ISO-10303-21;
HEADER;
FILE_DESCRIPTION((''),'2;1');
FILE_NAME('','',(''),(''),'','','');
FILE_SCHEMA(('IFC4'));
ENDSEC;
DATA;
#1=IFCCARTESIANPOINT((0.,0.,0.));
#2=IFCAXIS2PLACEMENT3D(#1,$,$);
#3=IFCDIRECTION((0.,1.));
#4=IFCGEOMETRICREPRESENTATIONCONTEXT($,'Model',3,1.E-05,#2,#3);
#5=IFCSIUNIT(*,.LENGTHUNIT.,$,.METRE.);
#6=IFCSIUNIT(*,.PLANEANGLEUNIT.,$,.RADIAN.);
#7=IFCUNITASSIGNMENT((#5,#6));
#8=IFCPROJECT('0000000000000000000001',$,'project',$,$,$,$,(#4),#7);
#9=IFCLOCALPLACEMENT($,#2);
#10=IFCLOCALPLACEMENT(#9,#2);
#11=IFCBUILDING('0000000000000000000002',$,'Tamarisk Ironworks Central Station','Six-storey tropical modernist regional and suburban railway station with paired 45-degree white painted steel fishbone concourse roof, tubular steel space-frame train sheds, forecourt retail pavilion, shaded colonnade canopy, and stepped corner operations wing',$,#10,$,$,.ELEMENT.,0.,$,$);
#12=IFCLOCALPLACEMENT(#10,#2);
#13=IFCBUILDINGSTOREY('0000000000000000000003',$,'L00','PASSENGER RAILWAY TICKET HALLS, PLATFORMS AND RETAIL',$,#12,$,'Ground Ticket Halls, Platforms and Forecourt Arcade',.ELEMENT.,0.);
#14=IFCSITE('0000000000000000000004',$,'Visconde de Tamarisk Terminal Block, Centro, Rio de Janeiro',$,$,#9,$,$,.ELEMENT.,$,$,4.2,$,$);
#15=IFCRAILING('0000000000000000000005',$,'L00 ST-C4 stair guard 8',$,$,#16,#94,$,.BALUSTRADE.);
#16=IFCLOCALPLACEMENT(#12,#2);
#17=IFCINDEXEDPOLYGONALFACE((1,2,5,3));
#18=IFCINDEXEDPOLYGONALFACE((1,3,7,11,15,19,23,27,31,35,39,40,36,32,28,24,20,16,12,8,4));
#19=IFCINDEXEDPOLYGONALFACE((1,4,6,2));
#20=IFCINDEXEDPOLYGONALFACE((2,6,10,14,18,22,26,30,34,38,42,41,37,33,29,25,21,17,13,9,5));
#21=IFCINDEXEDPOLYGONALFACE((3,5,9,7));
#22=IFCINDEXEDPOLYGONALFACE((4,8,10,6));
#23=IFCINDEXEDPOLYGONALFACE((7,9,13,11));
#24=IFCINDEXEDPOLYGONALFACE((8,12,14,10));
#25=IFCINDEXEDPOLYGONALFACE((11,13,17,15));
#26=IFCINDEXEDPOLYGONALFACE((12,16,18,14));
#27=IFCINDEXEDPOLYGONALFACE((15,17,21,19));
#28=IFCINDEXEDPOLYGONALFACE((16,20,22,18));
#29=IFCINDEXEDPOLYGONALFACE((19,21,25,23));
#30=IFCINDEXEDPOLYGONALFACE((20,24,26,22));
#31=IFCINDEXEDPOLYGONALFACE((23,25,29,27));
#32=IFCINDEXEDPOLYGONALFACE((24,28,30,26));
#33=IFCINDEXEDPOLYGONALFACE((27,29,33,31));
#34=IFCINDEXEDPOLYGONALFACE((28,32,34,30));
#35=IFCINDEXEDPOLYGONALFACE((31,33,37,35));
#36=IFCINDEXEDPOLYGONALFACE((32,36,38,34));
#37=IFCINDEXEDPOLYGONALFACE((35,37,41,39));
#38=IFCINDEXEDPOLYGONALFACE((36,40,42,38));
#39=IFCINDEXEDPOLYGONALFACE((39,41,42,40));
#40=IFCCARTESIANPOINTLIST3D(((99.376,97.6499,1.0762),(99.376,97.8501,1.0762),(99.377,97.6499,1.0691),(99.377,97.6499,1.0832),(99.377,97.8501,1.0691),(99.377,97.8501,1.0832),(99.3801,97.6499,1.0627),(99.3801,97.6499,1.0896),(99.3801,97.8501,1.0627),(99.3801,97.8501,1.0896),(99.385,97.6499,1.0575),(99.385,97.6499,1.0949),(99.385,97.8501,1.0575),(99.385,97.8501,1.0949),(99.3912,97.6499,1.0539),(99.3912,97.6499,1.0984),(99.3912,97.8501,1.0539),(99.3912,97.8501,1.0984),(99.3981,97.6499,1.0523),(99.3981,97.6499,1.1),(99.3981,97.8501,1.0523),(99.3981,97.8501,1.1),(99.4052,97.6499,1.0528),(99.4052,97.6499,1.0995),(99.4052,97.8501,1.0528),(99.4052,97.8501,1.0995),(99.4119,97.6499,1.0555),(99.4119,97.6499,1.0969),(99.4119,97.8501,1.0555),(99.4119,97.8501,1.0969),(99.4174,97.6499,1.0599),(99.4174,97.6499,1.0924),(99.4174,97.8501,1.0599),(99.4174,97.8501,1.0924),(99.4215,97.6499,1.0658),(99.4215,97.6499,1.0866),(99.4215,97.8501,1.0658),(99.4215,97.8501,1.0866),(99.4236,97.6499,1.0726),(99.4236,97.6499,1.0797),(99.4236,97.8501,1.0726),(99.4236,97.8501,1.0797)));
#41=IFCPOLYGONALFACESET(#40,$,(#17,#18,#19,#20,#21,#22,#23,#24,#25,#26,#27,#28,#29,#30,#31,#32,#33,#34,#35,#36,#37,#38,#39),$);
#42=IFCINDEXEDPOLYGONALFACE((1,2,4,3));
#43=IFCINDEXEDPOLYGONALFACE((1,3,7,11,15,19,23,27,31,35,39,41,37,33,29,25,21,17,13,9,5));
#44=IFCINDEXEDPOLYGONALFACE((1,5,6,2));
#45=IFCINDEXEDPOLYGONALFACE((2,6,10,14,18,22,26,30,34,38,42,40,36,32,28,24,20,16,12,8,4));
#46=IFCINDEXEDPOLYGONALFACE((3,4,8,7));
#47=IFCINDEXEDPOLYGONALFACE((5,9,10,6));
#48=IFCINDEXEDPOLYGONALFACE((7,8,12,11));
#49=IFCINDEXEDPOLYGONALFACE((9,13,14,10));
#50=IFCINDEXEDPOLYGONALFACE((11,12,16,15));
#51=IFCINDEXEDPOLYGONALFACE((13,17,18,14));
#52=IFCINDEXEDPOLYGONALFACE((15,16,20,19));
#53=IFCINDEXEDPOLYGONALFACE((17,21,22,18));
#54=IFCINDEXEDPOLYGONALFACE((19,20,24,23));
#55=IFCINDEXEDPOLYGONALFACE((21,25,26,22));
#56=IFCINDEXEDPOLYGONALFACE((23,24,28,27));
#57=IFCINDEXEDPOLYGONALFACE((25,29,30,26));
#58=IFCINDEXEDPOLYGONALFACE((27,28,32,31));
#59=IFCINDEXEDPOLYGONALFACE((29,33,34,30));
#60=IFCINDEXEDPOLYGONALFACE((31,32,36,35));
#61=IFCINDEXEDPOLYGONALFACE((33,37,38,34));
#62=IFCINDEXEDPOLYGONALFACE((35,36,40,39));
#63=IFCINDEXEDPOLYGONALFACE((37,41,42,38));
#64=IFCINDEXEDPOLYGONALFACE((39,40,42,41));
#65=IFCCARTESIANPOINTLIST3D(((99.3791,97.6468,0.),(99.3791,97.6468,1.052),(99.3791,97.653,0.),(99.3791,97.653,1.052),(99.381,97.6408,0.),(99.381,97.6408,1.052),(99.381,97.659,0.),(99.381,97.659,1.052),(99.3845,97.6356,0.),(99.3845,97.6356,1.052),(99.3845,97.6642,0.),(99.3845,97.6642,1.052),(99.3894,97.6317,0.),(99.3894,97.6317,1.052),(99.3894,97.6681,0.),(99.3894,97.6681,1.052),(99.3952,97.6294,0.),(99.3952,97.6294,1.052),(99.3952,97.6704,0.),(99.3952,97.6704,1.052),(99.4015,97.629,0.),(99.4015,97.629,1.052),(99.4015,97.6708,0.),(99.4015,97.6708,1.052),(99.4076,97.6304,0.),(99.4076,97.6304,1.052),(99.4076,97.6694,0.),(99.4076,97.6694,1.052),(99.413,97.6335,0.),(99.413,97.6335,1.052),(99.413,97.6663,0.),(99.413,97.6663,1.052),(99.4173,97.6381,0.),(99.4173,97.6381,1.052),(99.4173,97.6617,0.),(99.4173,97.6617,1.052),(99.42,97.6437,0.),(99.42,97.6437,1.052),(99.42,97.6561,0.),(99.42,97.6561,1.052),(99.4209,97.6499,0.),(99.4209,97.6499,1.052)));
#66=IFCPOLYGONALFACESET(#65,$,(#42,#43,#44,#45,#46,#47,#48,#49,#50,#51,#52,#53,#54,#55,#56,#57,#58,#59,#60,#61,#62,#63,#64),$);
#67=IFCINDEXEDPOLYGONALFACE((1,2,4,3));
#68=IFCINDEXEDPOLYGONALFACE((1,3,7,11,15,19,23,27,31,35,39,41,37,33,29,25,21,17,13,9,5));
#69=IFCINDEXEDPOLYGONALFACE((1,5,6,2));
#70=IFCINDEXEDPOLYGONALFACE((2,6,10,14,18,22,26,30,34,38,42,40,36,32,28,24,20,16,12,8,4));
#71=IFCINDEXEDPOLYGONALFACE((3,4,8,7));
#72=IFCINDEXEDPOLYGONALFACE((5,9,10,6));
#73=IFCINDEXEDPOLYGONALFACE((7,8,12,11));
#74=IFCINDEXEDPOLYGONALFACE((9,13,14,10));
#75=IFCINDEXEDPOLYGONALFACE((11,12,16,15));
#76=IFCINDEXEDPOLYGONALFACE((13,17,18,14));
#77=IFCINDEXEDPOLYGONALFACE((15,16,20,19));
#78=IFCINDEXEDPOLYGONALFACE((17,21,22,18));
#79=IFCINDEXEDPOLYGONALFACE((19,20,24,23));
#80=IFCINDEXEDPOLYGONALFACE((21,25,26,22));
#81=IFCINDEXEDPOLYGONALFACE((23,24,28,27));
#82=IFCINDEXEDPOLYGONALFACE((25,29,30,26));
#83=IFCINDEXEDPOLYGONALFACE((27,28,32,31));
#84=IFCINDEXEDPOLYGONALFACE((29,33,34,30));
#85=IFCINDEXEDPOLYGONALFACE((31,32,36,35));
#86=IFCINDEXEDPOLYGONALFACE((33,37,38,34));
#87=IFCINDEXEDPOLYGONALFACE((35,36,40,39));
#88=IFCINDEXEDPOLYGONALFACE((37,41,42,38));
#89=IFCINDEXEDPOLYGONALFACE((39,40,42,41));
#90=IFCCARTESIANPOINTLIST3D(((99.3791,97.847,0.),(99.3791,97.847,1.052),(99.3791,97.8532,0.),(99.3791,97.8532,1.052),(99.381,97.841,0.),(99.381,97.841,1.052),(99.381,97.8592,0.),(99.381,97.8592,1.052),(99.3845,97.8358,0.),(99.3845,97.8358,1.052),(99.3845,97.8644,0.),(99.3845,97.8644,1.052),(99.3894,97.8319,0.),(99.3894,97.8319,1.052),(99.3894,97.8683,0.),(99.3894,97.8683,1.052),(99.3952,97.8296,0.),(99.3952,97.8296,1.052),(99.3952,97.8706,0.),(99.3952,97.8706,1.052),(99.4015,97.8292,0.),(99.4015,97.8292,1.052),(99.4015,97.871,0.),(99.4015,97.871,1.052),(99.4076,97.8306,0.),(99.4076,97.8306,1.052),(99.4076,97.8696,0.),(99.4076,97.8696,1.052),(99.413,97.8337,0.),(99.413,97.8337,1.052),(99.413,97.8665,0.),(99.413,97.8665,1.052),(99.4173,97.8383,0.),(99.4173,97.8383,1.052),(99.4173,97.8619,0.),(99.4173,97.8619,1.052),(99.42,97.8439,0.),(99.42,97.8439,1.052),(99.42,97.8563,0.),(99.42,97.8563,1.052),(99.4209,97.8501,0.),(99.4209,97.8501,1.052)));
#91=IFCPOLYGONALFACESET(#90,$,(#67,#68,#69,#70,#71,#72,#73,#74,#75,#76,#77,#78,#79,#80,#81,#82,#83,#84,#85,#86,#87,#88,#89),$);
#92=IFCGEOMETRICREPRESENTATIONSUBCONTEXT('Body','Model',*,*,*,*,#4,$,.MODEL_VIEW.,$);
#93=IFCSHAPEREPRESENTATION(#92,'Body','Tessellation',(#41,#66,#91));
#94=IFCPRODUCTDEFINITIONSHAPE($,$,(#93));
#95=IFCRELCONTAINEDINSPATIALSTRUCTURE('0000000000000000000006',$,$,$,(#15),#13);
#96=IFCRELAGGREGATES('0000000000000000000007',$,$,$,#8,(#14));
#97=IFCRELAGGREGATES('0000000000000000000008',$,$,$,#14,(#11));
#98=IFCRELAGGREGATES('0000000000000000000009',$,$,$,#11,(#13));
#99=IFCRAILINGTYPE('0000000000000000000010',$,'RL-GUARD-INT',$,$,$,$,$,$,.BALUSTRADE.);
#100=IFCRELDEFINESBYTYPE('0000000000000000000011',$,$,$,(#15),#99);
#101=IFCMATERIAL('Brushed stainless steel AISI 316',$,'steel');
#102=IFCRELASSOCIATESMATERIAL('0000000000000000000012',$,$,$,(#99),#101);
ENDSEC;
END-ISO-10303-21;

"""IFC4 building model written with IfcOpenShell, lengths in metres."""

from ifc_helpers import new_model, si_unit, direction, frame, origin, origin_2d, place, context, subcontext, project, spatial, circle, extrude, material, type_object, element, save


model = new_model("IFC4")

# Units and contexts
model_context = context("Model", 3, precision=1e-05, world=origin(), true_north=direction((0.0, 1.0)))
body_context = subcontext(model_context, "Body", "Model", "MODEL_VIEW")
ifc_project = project(units=[si_unit("LENGTHUNIT", "METRE"), si_unit("PLANEANGLEUNIT", "RADIAN")], contexts=[model_context])

# Site, building, storey
site_placement = place(None, origin())
site = spatial("IfcSite", under=ifc_project, at=site_placement, Name="Visconde de Tamarisk Terminal Block, Centro, Rio de Janeiro", CompositionType="ELEMENT", RefElevation=4.2)
building_placement = place(site_placement, origin())
building = spatial("IfcBuilding", under=site, at=building_placement, Name="Tamarisk Ironworks Central Station", Description="Six-storey tropical modernist regional and suburban railway station with paired 45-degree white painted steel fishbone concourse roof, tubular steel space-frame train sheds, forecourt retail pavilion, shaded colonnade canopy, and stepped corner operations wing", CompositionType="ELEMENT", ElevationOfRefHeight=0.0)
storey_placement = place(building_placement, origin())
storey = spatial("IfcBuildingStorey", under=building, at=storey_placement, Name="L00", Description="PASSENGER RAILWAY TICKET HALLS, PLATFORMS AND RETAIL", LongName="Ground Ticket Halls, Platforms and Forecourt Arcade", CompositionType="ELEMENT", Elevation=0.0)

# Railing
ifc_material_1 = material(Name="Brushed stainless steel AISI 316", Category="steel")
railing_type_1 = type_object("IfcRailingType", Name="RL-GUARD-INT", PredefinedType="BALUSTRADE", material=ifc_material_1)
railing_1_placement = place(storey_placement, frame((99.3999, 97.6499, 0.0)))
element("IfcRailing", 1, at=railing_1_placement, inside=storey, type_object=railing_type_1, Name="L00 ST-C4 stair guard 8", PredefinedType="BALUSTRADE", context=body_context, shape_type="SweptSolid", body=[
    extrude(circle(Radius=0.0239, at=origin_2d()), frame((0.0, 0.0, 1.0762), z_axis=(0.0, 1.0, 0.0), x_axis=(-1.0, 0.0, 0.0)), (0.0, 0.0, 1.0), 0.2002),
    extrude(circle(Radius=0.021, at=origin_2d()), origin(), (0.0, 0.0, 1.0), 1.052),
    extrude(circle(Radius=0.021, at=origin_2d()), frame((0.0, 0.2002, 0.0)), (0.0, 0.0, 1.0), 1.052),
])

save(model, "model.ifc")
